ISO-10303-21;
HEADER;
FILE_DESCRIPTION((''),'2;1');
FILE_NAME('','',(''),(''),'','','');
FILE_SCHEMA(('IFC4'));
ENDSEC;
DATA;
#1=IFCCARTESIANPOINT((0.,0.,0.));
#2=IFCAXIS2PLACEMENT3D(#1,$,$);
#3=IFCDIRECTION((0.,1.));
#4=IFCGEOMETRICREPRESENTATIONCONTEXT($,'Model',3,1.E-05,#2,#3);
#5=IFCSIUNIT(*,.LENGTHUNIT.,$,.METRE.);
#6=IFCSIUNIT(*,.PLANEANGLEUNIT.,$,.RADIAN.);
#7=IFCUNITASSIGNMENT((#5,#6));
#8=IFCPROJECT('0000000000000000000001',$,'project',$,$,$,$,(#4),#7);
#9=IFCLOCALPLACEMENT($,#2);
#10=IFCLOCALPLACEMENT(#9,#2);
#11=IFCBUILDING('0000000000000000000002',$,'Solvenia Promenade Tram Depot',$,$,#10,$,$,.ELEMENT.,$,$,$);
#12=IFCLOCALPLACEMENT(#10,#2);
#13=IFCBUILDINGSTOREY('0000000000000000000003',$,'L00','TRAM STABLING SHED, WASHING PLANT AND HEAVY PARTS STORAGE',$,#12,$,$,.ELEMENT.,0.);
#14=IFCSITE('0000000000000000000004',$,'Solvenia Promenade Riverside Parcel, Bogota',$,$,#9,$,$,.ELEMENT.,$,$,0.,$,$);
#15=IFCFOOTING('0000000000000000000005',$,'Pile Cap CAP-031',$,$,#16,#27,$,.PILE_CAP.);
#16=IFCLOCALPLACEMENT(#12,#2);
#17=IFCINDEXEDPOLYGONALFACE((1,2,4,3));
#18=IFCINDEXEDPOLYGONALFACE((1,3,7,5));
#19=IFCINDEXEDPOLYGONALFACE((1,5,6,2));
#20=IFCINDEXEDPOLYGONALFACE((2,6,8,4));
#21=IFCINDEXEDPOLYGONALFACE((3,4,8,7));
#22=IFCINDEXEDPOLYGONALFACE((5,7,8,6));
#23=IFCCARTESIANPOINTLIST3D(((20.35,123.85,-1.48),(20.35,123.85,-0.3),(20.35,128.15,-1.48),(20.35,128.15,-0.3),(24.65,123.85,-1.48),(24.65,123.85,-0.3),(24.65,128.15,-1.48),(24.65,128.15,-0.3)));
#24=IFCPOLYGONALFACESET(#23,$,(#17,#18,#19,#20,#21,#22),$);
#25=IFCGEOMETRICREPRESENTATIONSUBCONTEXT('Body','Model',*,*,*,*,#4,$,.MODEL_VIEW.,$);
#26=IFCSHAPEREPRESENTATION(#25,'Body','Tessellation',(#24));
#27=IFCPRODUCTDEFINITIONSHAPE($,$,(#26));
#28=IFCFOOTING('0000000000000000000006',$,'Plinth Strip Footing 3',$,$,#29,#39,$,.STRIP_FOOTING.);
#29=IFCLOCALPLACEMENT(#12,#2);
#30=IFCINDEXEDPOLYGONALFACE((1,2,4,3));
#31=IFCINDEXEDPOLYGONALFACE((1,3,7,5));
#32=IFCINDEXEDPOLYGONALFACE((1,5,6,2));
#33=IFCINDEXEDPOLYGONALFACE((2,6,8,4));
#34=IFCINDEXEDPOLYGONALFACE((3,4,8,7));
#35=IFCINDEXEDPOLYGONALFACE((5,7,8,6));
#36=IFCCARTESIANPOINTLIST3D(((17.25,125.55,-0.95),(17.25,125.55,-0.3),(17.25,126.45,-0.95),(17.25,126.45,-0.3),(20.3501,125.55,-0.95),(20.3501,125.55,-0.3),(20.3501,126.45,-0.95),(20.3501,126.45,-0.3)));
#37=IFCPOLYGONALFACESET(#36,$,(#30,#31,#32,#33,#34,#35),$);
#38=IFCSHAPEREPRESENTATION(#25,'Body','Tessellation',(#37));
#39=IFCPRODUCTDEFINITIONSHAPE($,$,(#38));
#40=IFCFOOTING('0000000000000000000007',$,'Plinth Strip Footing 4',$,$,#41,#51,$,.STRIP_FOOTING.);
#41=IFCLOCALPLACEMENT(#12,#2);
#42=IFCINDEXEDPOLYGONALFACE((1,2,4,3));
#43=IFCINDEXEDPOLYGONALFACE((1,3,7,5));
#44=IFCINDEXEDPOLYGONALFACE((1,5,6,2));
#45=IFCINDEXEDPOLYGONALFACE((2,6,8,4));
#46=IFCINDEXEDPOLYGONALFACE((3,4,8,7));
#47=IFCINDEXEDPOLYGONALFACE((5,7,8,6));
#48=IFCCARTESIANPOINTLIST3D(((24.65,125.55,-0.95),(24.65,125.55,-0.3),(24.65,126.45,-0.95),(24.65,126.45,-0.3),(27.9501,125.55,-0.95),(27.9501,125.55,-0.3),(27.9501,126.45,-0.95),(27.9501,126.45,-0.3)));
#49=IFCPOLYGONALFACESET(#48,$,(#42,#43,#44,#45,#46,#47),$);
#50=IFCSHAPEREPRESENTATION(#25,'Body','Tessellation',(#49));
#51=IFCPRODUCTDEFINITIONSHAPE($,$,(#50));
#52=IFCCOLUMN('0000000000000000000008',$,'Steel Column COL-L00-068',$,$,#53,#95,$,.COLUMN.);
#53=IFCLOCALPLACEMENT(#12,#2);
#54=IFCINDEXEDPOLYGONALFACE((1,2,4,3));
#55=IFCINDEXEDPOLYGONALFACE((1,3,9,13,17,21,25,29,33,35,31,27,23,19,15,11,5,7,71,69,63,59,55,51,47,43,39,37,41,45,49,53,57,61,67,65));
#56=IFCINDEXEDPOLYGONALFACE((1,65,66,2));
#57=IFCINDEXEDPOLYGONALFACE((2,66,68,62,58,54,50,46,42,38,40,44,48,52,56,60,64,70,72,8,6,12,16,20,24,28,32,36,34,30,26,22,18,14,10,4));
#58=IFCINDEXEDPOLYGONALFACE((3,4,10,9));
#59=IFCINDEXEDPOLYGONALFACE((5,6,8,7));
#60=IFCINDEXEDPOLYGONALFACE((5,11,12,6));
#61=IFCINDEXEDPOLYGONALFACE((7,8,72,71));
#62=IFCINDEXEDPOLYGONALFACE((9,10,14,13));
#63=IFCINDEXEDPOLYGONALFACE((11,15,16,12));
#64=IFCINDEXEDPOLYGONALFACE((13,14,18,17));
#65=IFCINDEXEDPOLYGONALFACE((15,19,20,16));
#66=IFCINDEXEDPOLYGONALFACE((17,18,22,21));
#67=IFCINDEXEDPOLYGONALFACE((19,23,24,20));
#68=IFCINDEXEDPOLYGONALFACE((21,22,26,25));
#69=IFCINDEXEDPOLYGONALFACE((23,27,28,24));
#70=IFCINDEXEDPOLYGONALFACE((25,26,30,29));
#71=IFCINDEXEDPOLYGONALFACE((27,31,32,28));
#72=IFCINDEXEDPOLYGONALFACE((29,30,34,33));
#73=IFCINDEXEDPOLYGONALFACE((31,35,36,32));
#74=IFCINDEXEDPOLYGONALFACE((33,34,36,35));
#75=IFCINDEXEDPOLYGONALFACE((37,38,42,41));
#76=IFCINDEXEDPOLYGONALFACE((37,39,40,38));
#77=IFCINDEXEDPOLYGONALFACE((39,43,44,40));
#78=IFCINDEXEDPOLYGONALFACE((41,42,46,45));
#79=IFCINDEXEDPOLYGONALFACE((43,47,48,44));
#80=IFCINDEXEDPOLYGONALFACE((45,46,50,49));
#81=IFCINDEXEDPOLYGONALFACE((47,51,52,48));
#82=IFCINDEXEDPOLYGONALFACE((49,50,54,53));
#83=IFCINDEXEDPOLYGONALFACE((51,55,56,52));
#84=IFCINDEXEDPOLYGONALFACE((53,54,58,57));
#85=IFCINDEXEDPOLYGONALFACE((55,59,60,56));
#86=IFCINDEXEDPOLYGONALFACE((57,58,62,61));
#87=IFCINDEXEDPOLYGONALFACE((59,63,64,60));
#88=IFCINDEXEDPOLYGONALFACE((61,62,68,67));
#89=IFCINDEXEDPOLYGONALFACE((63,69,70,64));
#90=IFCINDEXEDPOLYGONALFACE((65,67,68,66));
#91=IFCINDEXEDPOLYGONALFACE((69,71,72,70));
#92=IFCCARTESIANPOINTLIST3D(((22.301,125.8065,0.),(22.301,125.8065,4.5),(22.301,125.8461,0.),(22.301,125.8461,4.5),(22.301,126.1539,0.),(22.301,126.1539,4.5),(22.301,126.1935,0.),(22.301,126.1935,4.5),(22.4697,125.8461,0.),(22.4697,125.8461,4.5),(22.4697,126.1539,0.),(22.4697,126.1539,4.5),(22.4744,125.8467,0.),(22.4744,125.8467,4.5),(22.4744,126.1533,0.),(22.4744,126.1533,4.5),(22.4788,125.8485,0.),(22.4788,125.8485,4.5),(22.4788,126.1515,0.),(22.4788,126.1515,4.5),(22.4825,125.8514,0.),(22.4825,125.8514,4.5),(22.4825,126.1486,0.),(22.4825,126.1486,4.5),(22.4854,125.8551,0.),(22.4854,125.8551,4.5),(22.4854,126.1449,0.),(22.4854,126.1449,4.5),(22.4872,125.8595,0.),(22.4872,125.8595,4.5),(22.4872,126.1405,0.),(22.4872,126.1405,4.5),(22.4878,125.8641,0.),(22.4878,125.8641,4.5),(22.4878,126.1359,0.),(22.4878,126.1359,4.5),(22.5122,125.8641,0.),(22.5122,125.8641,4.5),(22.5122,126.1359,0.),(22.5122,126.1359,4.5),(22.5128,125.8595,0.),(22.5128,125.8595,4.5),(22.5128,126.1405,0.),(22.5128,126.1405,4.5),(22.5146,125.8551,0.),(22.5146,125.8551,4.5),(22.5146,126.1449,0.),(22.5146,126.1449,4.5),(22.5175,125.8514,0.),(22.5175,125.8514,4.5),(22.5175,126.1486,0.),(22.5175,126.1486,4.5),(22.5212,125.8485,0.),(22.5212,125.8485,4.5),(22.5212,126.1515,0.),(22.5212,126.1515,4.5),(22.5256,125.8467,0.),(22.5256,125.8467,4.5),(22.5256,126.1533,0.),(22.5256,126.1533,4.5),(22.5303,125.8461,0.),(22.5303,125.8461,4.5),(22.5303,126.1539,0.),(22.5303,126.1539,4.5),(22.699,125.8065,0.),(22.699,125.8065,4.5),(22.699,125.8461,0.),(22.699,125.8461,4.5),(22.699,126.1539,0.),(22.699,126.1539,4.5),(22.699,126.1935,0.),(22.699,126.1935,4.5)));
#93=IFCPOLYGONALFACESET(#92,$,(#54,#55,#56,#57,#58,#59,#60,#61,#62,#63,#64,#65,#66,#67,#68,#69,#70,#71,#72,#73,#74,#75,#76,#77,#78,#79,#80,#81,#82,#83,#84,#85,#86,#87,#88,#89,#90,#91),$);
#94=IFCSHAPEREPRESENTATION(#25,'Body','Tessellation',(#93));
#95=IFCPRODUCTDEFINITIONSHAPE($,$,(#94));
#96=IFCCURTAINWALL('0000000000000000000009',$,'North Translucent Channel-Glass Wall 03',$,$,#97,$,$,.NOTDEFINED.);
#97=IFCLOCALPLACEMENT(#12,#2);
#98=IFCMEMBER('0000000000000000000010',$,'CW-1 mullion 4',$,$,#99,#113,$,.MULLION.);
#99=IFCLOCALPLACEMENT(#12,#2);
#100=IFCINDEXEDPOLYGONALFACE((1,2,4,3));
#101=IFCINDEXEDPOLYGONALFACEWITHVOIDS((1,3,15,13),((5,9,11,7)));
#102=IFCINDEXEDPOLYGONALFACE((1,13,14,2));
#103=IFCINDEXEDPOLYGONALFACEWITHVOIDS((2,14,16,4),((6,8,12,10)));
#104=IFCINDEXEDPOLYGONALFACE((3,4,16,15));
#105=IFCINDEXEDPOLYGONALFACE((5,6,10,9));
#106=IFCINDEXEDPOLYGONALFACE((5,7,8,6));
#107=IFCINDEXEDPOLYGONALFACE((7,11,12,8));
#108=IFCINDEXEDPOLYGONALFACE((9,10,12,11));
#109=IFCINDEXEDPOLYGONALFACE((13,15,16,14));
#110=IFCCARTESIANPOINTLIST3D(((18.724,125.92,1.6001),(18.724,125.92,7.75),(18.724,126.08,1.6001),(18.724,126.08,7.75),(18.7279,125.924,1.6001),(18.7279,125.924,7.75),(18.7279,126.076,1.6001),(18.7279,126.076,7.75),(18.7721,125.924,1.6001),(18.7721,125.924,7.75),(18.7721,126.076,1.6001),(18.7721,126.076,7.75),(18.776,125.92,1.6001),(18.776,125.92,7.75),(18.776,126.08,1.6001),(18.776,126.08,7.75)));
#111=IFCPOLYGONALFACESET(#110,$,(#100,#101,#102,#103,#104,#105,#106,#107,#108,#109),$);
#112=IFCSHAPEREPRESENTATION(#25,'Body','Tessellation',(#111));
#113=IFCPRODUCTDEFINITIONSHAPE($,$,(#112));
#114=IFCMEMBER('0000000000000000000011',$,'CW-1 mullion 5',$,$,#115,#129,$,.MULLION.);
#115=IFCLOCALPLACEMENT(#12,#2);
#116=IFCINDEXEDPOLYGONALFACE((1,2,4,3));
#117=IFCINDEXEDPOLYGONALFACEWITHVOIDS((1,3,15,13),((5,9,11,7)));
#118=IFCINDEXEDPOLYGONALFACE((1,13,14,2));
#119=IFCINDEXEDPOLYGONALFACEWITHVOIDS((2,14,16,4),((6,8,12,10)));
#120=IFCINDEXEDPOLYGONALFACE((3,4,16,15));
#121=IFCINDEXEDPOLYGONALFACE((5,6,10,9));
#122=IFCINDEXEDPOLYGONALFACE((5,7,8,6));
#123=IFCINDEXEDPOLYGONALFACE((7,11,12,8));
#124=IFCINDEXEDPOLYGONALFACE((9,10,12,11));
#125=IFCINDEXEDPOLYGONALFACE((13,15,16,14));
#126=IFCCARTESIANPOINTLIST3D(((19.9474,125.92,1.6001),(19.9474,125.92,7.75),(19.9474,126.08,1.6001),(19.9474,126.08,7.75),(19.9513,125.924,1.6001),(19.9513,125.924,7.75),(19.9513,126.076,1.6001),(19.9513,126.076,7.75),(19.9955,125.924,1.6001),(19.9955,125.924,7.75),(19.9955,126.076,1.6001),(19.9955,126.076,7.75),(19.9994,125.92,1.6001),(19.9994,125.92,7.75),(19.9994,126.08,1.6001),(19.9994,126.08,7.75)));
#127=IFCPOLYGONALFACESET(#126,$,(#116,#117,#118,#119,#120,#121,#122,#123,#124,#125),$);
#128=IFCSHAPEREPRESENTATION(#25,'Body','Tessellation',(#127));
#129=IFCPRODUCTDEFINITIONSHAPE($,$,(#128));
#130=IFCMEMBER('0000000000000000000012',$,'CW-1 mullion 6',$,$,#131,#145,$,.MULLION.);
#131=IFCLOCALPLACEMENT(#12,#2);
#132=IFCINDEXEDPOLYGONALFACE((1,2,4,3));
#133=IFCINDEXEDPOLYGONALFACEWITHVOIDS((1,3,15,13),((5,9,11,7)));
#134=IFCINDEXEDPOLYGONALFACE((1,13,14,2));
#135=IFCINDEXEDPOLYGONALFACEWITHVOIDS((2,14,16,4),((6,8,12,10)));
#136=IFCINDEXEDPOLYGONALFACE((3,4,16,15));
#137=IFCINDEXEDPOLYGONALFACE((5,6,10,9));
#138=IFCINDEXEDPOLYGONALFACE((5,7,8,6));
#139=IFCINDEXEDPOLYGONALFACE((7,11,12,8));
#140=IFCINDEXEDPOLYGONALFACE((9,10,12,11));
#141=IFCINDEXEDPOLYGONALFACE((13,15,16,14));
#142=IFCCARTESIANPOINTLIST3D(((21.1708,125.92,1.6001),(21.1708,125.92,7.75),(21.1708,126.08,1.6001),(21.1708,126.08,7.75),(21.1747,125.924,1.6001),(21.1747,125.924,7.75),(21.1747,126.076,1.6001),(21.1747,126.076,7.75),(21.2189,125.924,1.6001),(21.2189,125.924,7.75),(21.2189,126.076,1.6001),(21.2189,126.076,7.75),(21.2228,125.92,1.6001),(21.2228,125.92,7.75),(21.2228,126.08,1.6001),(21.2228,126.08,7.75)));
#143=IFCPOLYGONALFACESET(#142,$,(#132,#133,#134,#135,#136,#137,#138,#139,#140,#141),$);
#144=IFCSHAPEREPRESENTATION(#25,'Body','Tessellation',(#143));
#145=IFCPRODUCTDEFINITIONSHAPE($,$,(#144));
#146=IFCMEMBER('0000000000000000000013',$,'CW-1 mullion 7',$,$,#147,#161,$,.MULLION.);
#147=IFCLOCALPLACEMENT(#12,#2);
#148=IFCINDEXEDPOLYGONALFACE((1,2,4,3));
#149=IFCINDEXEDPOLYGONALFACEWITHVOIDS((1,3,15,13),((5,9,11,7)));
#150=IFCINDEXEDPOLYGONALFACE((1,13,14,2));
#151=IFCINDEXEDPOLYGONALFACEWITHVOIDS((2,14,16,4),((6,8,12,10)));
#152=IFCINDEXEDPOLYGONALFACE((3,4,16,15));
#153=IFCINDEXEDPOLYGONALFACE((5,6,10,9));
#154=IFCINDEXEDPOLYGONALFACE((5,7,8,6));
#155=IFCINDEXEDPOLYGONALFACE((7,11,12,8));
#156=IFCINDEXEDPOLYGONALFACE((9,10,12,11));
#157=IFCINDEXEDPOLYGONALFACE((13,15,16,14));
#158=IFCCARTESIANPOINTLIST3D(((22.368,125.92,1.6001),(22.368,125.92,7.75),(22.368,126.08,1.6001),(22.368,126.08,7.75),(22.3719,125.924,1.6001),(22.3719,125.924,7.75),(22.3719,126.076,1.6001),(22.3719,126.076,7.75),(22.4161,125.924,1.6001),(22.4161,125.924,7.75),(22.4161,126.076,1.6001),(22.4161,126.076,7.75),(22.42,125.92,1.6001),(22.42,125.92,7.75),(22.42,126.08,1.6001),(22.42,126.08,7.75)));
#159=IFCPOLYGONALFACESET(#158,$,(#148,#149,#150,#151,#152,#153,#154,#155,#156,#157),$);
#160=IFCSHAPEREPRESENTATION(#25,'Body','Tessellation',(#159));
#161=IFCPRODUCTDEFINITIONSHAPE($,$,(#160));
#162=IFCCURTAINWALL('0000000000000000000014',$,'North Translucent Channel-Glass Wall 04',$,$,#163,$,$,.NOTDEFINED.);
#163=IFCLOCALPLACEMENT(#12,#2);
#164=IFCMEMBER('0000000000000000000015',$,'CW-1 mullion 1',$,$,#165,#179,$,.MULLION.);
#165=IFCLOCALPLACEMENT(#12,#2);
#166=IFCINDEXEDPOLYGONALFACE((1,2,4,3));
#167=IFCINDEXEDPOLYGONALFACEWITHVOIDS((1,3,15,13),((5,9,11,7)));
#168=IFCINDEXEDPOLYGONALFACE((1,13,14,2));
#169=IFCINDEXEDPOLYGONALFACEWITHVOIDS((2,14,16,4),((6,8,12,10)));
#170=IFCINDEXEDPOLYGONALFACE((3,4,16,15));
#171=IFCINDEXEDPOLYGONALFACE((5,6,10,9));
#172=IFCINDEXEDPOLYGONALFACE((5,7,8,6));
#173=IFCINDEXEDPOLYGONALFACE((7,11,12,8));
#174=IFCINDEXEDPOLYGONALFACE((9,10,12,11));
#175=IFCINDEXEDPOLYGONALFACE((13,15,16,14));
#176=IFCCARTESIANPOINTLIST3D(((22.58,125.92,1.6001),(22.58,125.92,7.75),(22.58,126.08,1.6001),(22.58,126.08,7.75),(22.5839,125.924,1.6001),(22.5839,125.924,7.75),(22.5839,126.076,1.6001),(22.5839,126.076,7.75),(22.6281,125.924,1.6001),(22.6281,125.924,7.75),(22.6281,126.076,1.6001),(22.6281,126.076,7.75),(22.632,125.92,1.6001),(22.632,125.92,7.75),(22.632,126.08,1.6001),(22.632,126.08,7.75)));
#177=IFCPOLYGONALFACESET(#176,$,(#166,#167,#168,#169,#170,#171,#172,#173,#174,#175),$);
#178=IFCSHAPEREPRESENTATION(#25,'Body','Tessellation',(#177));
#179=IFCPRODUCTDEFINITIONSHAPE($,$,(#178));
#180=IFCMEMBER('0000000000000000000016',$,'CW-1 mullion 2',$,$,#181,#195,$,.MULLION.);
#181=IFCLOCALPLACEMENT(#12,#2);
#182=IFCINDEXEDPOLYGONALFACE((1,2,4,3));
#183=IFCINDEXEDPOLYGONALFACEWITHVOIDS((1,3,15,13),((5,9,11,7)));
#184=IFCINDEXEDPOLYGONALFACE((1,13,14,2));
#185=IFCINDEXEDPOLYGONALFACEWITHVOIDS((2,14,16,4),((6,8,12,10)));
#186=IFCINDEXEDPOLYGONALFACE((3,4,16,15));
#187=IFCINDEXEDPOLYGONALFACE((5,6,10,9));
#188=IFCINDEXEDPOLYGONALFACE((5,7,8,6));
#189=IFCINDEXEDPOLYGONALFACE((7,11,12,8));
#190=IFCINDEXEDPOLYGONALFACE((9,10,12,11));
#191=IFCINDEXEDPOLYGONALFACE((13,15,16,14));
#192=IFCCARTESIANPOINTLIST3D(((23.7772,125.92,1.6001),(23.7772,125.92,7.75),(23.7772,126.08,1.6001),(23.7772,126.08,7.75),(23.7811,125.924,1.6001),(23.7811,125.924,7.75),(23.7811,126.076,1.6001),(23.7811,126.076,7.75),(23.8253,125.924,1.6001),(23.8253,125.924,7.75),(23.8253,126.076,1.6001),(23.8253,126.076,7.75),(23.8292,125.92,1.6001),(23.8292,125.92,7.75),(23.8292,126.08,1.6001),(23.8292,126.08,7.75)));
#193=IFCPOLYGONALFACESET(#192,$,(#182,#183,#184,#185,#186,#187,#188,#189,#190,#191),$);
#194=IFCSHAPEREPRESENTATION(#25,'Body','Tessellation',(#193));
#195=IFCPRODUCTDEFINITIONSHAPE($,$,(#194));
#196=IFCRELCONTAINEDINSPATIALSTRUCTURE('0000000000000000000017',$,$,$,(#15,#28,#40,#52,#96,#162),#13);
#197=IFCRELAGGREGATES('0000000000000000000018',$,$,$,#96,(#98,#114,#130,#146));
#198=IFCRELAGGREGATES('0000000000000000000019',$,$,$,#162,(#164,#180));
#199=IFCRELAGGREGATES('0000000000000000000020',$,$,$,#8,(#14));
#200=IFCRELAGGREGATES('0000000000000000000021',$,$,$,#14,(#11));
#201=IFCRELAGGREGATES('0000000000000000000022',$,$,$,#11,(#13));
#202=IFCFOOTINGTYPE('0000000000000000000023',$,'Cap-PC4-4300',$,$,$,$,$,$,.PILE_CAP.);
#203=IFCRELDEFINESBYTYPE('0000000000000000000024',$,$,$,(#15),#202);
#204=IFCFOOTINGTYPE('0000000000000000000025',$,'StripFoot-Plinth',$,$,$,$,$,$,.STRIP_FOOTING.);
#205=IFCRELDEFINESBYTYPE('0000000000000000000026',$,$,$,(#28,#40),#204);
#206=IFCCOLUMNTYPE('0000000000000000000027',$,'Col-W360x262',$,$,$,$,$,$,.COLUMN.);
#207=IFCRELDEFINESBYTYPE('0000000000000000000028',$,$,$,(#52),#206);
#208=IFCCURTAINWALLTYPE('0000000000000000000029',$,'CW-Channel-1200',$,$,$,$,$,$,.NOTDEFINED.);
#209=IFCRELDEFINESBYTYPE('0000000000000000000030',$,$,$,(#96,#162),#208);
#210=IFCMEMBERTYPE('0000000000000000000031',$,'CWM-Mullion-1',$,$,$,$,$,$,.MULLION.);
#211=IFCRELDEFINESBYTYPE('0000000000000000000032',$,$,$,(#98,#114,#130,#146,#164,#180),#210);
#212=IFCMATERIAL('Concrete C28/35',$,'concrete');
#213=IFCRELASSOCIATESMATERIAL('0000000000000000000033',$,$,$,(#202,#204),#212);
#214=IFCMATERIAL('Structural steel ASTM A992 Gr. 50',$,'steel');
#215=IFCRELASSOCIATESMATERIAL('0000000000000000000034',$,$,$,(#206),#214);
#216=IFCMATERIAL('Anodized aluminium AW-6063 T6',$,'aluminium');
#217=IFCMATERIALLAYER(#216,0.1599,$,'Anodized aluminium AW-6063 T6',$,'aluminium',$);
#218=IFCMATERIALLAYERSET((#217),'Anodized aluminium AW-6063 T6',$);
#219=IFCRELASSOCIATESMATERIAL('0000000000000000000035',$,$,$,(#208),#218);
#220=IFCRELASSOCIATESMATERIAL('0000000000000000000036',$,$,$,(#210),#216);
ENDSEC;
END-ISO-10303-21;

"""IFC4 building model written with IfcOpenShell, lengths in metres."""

from ifc_helpers import new_model, si_unit, direction, frame, origin, origin_2d, place, context, subcontext, project, spatial, rectangle, hollow_rectangle, i_section, extrude, material, layer, layer_set, material_profile, profile_set, type_object, element, aggregate, save


model = new_model("IFC4")

# Units and contexts
model_context = context("Model", 3, precision=1e-05, world=origin(), true_north=direction((0.0, 1.0)))
body_context = subcontext(model_context, "Body", "Model", "MODEL_VIEW")
ifc_project = project(units=[si_unit("LENGTHUNIT", "METRE"), si_unit("PLANEANGLEUNIT", "RADIAN")], contexts=[model_context])

# Site, building, storey
site_placement = place(None, origin())
site = spatial("IfcSite", under=ifc_project, at=site_placement, Name="Solvenia Promenade Riverside Parcel, Bogota", CompositionType="ELEMENT", RefElevation=0.0)
building_placement = place(site_placement, origin())
building = spatial("IfcBuilding", under=site, at=building_placement, Name="Solvenia Promenade Tram Depot", CompositionType="ELEMENT")
storey_placement = place(building_placement, origin())
storey = spatial("IfcBuildingStorey", under=building, at=storey_placement, Name="L00", Description="TRAM STABLING SHED, WASHING PLANT AND HEAVY PARTS STORAGE", CompositionType="ELEMENT", Elevation=0.0)

# Footings
ifc_material_1 = material(Name="Concrete C28/35", Category="concrete")
footing_type_1 = type_object("IfcFootingType", Name="Cap-PC4-4300", PredefinedType="PILE_CAP", material=ifc_material_1)
footing_1_placement = place(storey_placement, frame((22.5, 126.0, -1.48), z_axis=(0.0, 0.0, 1.0), x_axis=(1.0, 0.0, 0.0)))
element("IfcFooting", 1, at=footing_1_placement, inside=storey, type_object=footing_type_1, Name="Pile Cap CAP-031", PredefinedType="PILE_CAP", context=body_context, shape_type="SweptSolid", body=[
    extrude(rectangle(XDim=4.3, YDim=4.3, at=origin_2d()), origin(), (0.0, 0.0, 1.0), 1.1799),
])
footing_type_2 = type_object("IfcFootingType", Name="StripFoot-Plinth", PredefinedType="STRIP_FOOTING", material=ifc_material_1)
footing_2_placement = place(storey_placement, frame((18.8, 126.0, -0.95), z_axis=(0.0, 0.0, 1.0), x_axis=(1.0, 0.0, 0.0)))
element("IfcFooting", 2, at=footing_2_placement, inside=storey, type_object=footing_type_2, Name="Plinth Strip Footing 3", PredefinedType="STRIP_FOOTING", context=body_context, shape_type="SweptSolid", body=[
    extrude(rectangle(XDim=3.1001, YDim=0.8999, at=origin_2d()), origin(), (0.0, 0.0, 1.0), 0.6499),
])
footing_3_placement = place(storey_placement, frame((26.3, 126.0, -0.95), z_axis=(0.0, 0.0, 1.0), x_axis=(1.0, 0.0, 0.0)))
element("IfcFooting", 3, at=footing_3_placement, inside=storey, type_object=footing_type_2, Name="Plinth Strip Footing 4", PredefinedType="STRIP_FOOTING", context=body_context, shape_type="SweptSolid", body=[
    extrude(rectangle(XDim=3.3, YDim=0.8999, at=origin_2d()), origin(), (0.0, 0.0, 1.0), 0.6499),
])

# Column
ifc_material_2 = material(Name="Structural steel ASTM A992 Gr. 50", Category="steel")
ifc_material_profile_1 = material_profile(ifc_material_2, i_section(OverallWidth=0.3979, OverallDepth=0.387, WebThickness=0.0244, FlangeThickness=0.0396, FilletRadius=0.0181, at=origin_2d()), Name="W360x262", Category="steel")
ifc_profile_set_1 = profile_set([ifc_material_profile_1], Name="Structural steel ASTM A992 Gr. 50")
column_type = type_object("IfcColumnType", Name="Col-W360x262", PredefinedType="COLUMN", material=ifc_profile_set_1)
column_placement = place(storey_placement, frame((22.5, 126.0, 0.0), z_axis=(0.0, 0.0, 1.0), x_axis=(1.0, 0.0, 0.0)))
element("IfcColumn", 4, at=column_placement, inside=storey, type_object=column_type, Name="Steel Column COL-L00-068", PredefinedType="COLUMN", context=body_context, shape_type="SweptSolid", body=[
    extrude(i_section(OverallWidth=0.3979, OverallDepth=0.387, WebThickness=0.0244, FlangeThickness=0.0396, FilletRadius=0.0181, at=origin_2d()), origin(), (0.0, 0.0, 1.0), 4.5),
])

# Curtain walls, members
ifc_material_3 = material(Name="Anodized aluminium AW-6063 T6", Category="aluminium")
ifc_layer_1 = layer(ifc_material_3, 0.1599, Name="Anodized aluminium AW-6063 T6", Category="aluminium")
ifc_layer_set_1 = layer_set([ifc_layer_1], Name="Anodized aluminium AW-6063 T6")
curtain_wall_type = type_object("IfcCurtainWallType", Name="CW-Channel-1200", PredefinedType="NOTDEFINED", material=ifc_layer_set_1)
curtain_wall_1_placement = place(storey_placement, origin())
curtain_wall_1 = element("IfcCurtainWall", 5, at=curtain_wall_1_placement, inside=storey, type_object=curtain_wall_type, Name="North Translucent Channel-Glass Wall 03", PredefinedType="NOTDEFINED")
ifc_material_profile_2 = material_profile(ifc_material_3, hollow_rectangle(XDim=0.1599, YDim=0.052, WallThickness=0.0039, at=origin_2d()), Name="ALU-M1", Category="aluminium")
ifc_profile_set_2 = profile_set([ifc_material_profile_2], Name="Anodized aluminium AW-6063 T6")
member_type_1 = type_object("IfcMemberType", Name="CWM-Mullion-1", PredefinedType="MULLION", material=ifc_profile_set_2)
member_1_placement = place(storey_placement, frame((18.75, 126.0, 1.6001), z_axis=(0.0, 0.0, 1.0), x_axis=(0.0, 1.0, 0.0)))
member_1 = element("IfcMember", 6, at=member_1_placement, type_object=member_type_1, Name="CW-1 mullion 4", PredefinedType="MULLION", context=body_context, shape_type="SweptSolid", body=[
    extrude(hollow_rectangle(XDim=0.1599, YDim=0.052, WallThickness=0.0039, at=origin_2d()), origin(), (0.0, 0.0, 1.0), 6.1499),
])
member_2_placement = place(storey_placement, frame((19.9734, 126.0, 1.6001), z_axis=(0.0, 0.0, 1.0), x_axis=(0.0, 1.0, 0.0)))
member_2 = element("IfcMember", 7, at=member_2_placement, type_object=member_type_1, Name="CW-1 mullion 5", PredefinedType="MULLION", context=body_context, shape_type="SweptSolid", body=[
    extrude(hollow_rectangle(XDim=0.1599, YDim=0.052, WallThickness=0.0039, at=origin_2d()), origin(), (0.0, 0.0, 1.0), 6.1499),
])
member_3_placement = place(storey_placement, frame((21.1968, 126.0, 1.6001), z_axis=(0.0, 0.0, 1.0), x_axis=(0.0, 1.0, 0.0)))
member_3 = element("IfcMember", 8, at=member_3_placement, type_object=member_type_1, Name="CW-1 mullion 6", PredefinedType="MULLION", context=body_context, shape_type="SweptSolid", body=[
    extrude(hollow_rectangle(XDim=0.1599, YDim=0.052, WallThickness=0.0039, at=origin_2d()), origin(), (0.0, 0.0, 1.0), 6.1499),
])
member_4_placement = place(storey_placement, frame((22.394, 126.0, 1.6001), z_axis=(0.0, 0.0, 1.0), x_axis=(0.0, 1.0, 0.0)))
member_4 = element("IfcMember", 9, at=member_4_placement, type_object=member_type_1, Name="CW-1 mullion 7", PredefinedType="MULLION", context=body_context, shape_type="SweptSolid", body=[
    extrude(hollow_rectangle(XDim=0.1599, YDim=0.052, WallThickness=0.0039, at=origin_2d()), origin(), (0.0, 0.0, 1.0), 6.1499),
])
curtain_wall_2_placement = place(storey_placement, origin())
curtain_wall_2 = element("IfcCurtainWall", 10, at=curtain_wall_2_placement, inside=storey, type_object=curtain_wall_type, Name="North Translucent Channel-Glass Wall 04", PredefinedType="NOTDEFINED")
member_5_placement = place(storey_placement, frame((22.606, 126.0, 1.6001), z_axis=(0.0, 0.0, 1.0), x_axis=(0.0, 1.0, 0.0)))
member_5 = element("IfcMember", 11, at=member_5_placement, type_object=member_type_1, Name="CW-1 mullion 1", PredefinedType="MULLION", context=body_context, shape_type="SweptSolid", body=[
    extrude(hollow_rectangle(XDim=0.1599, YDim=0.052, WallThickness=0.0039, at=origin_2d()), origin(), (0.0, 0.0, 1.0), 6.1499),
])
member_6_placement = place(storey_placement, frame((23.8032, 126.0, 1.6001), z_axis=(0.0, 0.0, 1.0), x_axis=(0.0, 1.0, 0.0)))
member_6 = element("IfcMember", 12, at=member_6_placement, type_object=member_type_1, Name="CW-1 mullion 2", PredefinedType="MULLION", context=body_context, shape_type="SweptSolid", body=[
    extrude(hollow_rectangle(XDim=0.1599, YDim=0.052, WallThickness=0.0039, at=origin_2d()), origin(), (0.0, 0.0, 1.0), 6.1499),
])

aggregate(curtain_wall_1, [member_1, member_2, member_3, member_4])
aggregate(curtain_wall_2, [member_5, member_6])

save(model, "model.ifc")
